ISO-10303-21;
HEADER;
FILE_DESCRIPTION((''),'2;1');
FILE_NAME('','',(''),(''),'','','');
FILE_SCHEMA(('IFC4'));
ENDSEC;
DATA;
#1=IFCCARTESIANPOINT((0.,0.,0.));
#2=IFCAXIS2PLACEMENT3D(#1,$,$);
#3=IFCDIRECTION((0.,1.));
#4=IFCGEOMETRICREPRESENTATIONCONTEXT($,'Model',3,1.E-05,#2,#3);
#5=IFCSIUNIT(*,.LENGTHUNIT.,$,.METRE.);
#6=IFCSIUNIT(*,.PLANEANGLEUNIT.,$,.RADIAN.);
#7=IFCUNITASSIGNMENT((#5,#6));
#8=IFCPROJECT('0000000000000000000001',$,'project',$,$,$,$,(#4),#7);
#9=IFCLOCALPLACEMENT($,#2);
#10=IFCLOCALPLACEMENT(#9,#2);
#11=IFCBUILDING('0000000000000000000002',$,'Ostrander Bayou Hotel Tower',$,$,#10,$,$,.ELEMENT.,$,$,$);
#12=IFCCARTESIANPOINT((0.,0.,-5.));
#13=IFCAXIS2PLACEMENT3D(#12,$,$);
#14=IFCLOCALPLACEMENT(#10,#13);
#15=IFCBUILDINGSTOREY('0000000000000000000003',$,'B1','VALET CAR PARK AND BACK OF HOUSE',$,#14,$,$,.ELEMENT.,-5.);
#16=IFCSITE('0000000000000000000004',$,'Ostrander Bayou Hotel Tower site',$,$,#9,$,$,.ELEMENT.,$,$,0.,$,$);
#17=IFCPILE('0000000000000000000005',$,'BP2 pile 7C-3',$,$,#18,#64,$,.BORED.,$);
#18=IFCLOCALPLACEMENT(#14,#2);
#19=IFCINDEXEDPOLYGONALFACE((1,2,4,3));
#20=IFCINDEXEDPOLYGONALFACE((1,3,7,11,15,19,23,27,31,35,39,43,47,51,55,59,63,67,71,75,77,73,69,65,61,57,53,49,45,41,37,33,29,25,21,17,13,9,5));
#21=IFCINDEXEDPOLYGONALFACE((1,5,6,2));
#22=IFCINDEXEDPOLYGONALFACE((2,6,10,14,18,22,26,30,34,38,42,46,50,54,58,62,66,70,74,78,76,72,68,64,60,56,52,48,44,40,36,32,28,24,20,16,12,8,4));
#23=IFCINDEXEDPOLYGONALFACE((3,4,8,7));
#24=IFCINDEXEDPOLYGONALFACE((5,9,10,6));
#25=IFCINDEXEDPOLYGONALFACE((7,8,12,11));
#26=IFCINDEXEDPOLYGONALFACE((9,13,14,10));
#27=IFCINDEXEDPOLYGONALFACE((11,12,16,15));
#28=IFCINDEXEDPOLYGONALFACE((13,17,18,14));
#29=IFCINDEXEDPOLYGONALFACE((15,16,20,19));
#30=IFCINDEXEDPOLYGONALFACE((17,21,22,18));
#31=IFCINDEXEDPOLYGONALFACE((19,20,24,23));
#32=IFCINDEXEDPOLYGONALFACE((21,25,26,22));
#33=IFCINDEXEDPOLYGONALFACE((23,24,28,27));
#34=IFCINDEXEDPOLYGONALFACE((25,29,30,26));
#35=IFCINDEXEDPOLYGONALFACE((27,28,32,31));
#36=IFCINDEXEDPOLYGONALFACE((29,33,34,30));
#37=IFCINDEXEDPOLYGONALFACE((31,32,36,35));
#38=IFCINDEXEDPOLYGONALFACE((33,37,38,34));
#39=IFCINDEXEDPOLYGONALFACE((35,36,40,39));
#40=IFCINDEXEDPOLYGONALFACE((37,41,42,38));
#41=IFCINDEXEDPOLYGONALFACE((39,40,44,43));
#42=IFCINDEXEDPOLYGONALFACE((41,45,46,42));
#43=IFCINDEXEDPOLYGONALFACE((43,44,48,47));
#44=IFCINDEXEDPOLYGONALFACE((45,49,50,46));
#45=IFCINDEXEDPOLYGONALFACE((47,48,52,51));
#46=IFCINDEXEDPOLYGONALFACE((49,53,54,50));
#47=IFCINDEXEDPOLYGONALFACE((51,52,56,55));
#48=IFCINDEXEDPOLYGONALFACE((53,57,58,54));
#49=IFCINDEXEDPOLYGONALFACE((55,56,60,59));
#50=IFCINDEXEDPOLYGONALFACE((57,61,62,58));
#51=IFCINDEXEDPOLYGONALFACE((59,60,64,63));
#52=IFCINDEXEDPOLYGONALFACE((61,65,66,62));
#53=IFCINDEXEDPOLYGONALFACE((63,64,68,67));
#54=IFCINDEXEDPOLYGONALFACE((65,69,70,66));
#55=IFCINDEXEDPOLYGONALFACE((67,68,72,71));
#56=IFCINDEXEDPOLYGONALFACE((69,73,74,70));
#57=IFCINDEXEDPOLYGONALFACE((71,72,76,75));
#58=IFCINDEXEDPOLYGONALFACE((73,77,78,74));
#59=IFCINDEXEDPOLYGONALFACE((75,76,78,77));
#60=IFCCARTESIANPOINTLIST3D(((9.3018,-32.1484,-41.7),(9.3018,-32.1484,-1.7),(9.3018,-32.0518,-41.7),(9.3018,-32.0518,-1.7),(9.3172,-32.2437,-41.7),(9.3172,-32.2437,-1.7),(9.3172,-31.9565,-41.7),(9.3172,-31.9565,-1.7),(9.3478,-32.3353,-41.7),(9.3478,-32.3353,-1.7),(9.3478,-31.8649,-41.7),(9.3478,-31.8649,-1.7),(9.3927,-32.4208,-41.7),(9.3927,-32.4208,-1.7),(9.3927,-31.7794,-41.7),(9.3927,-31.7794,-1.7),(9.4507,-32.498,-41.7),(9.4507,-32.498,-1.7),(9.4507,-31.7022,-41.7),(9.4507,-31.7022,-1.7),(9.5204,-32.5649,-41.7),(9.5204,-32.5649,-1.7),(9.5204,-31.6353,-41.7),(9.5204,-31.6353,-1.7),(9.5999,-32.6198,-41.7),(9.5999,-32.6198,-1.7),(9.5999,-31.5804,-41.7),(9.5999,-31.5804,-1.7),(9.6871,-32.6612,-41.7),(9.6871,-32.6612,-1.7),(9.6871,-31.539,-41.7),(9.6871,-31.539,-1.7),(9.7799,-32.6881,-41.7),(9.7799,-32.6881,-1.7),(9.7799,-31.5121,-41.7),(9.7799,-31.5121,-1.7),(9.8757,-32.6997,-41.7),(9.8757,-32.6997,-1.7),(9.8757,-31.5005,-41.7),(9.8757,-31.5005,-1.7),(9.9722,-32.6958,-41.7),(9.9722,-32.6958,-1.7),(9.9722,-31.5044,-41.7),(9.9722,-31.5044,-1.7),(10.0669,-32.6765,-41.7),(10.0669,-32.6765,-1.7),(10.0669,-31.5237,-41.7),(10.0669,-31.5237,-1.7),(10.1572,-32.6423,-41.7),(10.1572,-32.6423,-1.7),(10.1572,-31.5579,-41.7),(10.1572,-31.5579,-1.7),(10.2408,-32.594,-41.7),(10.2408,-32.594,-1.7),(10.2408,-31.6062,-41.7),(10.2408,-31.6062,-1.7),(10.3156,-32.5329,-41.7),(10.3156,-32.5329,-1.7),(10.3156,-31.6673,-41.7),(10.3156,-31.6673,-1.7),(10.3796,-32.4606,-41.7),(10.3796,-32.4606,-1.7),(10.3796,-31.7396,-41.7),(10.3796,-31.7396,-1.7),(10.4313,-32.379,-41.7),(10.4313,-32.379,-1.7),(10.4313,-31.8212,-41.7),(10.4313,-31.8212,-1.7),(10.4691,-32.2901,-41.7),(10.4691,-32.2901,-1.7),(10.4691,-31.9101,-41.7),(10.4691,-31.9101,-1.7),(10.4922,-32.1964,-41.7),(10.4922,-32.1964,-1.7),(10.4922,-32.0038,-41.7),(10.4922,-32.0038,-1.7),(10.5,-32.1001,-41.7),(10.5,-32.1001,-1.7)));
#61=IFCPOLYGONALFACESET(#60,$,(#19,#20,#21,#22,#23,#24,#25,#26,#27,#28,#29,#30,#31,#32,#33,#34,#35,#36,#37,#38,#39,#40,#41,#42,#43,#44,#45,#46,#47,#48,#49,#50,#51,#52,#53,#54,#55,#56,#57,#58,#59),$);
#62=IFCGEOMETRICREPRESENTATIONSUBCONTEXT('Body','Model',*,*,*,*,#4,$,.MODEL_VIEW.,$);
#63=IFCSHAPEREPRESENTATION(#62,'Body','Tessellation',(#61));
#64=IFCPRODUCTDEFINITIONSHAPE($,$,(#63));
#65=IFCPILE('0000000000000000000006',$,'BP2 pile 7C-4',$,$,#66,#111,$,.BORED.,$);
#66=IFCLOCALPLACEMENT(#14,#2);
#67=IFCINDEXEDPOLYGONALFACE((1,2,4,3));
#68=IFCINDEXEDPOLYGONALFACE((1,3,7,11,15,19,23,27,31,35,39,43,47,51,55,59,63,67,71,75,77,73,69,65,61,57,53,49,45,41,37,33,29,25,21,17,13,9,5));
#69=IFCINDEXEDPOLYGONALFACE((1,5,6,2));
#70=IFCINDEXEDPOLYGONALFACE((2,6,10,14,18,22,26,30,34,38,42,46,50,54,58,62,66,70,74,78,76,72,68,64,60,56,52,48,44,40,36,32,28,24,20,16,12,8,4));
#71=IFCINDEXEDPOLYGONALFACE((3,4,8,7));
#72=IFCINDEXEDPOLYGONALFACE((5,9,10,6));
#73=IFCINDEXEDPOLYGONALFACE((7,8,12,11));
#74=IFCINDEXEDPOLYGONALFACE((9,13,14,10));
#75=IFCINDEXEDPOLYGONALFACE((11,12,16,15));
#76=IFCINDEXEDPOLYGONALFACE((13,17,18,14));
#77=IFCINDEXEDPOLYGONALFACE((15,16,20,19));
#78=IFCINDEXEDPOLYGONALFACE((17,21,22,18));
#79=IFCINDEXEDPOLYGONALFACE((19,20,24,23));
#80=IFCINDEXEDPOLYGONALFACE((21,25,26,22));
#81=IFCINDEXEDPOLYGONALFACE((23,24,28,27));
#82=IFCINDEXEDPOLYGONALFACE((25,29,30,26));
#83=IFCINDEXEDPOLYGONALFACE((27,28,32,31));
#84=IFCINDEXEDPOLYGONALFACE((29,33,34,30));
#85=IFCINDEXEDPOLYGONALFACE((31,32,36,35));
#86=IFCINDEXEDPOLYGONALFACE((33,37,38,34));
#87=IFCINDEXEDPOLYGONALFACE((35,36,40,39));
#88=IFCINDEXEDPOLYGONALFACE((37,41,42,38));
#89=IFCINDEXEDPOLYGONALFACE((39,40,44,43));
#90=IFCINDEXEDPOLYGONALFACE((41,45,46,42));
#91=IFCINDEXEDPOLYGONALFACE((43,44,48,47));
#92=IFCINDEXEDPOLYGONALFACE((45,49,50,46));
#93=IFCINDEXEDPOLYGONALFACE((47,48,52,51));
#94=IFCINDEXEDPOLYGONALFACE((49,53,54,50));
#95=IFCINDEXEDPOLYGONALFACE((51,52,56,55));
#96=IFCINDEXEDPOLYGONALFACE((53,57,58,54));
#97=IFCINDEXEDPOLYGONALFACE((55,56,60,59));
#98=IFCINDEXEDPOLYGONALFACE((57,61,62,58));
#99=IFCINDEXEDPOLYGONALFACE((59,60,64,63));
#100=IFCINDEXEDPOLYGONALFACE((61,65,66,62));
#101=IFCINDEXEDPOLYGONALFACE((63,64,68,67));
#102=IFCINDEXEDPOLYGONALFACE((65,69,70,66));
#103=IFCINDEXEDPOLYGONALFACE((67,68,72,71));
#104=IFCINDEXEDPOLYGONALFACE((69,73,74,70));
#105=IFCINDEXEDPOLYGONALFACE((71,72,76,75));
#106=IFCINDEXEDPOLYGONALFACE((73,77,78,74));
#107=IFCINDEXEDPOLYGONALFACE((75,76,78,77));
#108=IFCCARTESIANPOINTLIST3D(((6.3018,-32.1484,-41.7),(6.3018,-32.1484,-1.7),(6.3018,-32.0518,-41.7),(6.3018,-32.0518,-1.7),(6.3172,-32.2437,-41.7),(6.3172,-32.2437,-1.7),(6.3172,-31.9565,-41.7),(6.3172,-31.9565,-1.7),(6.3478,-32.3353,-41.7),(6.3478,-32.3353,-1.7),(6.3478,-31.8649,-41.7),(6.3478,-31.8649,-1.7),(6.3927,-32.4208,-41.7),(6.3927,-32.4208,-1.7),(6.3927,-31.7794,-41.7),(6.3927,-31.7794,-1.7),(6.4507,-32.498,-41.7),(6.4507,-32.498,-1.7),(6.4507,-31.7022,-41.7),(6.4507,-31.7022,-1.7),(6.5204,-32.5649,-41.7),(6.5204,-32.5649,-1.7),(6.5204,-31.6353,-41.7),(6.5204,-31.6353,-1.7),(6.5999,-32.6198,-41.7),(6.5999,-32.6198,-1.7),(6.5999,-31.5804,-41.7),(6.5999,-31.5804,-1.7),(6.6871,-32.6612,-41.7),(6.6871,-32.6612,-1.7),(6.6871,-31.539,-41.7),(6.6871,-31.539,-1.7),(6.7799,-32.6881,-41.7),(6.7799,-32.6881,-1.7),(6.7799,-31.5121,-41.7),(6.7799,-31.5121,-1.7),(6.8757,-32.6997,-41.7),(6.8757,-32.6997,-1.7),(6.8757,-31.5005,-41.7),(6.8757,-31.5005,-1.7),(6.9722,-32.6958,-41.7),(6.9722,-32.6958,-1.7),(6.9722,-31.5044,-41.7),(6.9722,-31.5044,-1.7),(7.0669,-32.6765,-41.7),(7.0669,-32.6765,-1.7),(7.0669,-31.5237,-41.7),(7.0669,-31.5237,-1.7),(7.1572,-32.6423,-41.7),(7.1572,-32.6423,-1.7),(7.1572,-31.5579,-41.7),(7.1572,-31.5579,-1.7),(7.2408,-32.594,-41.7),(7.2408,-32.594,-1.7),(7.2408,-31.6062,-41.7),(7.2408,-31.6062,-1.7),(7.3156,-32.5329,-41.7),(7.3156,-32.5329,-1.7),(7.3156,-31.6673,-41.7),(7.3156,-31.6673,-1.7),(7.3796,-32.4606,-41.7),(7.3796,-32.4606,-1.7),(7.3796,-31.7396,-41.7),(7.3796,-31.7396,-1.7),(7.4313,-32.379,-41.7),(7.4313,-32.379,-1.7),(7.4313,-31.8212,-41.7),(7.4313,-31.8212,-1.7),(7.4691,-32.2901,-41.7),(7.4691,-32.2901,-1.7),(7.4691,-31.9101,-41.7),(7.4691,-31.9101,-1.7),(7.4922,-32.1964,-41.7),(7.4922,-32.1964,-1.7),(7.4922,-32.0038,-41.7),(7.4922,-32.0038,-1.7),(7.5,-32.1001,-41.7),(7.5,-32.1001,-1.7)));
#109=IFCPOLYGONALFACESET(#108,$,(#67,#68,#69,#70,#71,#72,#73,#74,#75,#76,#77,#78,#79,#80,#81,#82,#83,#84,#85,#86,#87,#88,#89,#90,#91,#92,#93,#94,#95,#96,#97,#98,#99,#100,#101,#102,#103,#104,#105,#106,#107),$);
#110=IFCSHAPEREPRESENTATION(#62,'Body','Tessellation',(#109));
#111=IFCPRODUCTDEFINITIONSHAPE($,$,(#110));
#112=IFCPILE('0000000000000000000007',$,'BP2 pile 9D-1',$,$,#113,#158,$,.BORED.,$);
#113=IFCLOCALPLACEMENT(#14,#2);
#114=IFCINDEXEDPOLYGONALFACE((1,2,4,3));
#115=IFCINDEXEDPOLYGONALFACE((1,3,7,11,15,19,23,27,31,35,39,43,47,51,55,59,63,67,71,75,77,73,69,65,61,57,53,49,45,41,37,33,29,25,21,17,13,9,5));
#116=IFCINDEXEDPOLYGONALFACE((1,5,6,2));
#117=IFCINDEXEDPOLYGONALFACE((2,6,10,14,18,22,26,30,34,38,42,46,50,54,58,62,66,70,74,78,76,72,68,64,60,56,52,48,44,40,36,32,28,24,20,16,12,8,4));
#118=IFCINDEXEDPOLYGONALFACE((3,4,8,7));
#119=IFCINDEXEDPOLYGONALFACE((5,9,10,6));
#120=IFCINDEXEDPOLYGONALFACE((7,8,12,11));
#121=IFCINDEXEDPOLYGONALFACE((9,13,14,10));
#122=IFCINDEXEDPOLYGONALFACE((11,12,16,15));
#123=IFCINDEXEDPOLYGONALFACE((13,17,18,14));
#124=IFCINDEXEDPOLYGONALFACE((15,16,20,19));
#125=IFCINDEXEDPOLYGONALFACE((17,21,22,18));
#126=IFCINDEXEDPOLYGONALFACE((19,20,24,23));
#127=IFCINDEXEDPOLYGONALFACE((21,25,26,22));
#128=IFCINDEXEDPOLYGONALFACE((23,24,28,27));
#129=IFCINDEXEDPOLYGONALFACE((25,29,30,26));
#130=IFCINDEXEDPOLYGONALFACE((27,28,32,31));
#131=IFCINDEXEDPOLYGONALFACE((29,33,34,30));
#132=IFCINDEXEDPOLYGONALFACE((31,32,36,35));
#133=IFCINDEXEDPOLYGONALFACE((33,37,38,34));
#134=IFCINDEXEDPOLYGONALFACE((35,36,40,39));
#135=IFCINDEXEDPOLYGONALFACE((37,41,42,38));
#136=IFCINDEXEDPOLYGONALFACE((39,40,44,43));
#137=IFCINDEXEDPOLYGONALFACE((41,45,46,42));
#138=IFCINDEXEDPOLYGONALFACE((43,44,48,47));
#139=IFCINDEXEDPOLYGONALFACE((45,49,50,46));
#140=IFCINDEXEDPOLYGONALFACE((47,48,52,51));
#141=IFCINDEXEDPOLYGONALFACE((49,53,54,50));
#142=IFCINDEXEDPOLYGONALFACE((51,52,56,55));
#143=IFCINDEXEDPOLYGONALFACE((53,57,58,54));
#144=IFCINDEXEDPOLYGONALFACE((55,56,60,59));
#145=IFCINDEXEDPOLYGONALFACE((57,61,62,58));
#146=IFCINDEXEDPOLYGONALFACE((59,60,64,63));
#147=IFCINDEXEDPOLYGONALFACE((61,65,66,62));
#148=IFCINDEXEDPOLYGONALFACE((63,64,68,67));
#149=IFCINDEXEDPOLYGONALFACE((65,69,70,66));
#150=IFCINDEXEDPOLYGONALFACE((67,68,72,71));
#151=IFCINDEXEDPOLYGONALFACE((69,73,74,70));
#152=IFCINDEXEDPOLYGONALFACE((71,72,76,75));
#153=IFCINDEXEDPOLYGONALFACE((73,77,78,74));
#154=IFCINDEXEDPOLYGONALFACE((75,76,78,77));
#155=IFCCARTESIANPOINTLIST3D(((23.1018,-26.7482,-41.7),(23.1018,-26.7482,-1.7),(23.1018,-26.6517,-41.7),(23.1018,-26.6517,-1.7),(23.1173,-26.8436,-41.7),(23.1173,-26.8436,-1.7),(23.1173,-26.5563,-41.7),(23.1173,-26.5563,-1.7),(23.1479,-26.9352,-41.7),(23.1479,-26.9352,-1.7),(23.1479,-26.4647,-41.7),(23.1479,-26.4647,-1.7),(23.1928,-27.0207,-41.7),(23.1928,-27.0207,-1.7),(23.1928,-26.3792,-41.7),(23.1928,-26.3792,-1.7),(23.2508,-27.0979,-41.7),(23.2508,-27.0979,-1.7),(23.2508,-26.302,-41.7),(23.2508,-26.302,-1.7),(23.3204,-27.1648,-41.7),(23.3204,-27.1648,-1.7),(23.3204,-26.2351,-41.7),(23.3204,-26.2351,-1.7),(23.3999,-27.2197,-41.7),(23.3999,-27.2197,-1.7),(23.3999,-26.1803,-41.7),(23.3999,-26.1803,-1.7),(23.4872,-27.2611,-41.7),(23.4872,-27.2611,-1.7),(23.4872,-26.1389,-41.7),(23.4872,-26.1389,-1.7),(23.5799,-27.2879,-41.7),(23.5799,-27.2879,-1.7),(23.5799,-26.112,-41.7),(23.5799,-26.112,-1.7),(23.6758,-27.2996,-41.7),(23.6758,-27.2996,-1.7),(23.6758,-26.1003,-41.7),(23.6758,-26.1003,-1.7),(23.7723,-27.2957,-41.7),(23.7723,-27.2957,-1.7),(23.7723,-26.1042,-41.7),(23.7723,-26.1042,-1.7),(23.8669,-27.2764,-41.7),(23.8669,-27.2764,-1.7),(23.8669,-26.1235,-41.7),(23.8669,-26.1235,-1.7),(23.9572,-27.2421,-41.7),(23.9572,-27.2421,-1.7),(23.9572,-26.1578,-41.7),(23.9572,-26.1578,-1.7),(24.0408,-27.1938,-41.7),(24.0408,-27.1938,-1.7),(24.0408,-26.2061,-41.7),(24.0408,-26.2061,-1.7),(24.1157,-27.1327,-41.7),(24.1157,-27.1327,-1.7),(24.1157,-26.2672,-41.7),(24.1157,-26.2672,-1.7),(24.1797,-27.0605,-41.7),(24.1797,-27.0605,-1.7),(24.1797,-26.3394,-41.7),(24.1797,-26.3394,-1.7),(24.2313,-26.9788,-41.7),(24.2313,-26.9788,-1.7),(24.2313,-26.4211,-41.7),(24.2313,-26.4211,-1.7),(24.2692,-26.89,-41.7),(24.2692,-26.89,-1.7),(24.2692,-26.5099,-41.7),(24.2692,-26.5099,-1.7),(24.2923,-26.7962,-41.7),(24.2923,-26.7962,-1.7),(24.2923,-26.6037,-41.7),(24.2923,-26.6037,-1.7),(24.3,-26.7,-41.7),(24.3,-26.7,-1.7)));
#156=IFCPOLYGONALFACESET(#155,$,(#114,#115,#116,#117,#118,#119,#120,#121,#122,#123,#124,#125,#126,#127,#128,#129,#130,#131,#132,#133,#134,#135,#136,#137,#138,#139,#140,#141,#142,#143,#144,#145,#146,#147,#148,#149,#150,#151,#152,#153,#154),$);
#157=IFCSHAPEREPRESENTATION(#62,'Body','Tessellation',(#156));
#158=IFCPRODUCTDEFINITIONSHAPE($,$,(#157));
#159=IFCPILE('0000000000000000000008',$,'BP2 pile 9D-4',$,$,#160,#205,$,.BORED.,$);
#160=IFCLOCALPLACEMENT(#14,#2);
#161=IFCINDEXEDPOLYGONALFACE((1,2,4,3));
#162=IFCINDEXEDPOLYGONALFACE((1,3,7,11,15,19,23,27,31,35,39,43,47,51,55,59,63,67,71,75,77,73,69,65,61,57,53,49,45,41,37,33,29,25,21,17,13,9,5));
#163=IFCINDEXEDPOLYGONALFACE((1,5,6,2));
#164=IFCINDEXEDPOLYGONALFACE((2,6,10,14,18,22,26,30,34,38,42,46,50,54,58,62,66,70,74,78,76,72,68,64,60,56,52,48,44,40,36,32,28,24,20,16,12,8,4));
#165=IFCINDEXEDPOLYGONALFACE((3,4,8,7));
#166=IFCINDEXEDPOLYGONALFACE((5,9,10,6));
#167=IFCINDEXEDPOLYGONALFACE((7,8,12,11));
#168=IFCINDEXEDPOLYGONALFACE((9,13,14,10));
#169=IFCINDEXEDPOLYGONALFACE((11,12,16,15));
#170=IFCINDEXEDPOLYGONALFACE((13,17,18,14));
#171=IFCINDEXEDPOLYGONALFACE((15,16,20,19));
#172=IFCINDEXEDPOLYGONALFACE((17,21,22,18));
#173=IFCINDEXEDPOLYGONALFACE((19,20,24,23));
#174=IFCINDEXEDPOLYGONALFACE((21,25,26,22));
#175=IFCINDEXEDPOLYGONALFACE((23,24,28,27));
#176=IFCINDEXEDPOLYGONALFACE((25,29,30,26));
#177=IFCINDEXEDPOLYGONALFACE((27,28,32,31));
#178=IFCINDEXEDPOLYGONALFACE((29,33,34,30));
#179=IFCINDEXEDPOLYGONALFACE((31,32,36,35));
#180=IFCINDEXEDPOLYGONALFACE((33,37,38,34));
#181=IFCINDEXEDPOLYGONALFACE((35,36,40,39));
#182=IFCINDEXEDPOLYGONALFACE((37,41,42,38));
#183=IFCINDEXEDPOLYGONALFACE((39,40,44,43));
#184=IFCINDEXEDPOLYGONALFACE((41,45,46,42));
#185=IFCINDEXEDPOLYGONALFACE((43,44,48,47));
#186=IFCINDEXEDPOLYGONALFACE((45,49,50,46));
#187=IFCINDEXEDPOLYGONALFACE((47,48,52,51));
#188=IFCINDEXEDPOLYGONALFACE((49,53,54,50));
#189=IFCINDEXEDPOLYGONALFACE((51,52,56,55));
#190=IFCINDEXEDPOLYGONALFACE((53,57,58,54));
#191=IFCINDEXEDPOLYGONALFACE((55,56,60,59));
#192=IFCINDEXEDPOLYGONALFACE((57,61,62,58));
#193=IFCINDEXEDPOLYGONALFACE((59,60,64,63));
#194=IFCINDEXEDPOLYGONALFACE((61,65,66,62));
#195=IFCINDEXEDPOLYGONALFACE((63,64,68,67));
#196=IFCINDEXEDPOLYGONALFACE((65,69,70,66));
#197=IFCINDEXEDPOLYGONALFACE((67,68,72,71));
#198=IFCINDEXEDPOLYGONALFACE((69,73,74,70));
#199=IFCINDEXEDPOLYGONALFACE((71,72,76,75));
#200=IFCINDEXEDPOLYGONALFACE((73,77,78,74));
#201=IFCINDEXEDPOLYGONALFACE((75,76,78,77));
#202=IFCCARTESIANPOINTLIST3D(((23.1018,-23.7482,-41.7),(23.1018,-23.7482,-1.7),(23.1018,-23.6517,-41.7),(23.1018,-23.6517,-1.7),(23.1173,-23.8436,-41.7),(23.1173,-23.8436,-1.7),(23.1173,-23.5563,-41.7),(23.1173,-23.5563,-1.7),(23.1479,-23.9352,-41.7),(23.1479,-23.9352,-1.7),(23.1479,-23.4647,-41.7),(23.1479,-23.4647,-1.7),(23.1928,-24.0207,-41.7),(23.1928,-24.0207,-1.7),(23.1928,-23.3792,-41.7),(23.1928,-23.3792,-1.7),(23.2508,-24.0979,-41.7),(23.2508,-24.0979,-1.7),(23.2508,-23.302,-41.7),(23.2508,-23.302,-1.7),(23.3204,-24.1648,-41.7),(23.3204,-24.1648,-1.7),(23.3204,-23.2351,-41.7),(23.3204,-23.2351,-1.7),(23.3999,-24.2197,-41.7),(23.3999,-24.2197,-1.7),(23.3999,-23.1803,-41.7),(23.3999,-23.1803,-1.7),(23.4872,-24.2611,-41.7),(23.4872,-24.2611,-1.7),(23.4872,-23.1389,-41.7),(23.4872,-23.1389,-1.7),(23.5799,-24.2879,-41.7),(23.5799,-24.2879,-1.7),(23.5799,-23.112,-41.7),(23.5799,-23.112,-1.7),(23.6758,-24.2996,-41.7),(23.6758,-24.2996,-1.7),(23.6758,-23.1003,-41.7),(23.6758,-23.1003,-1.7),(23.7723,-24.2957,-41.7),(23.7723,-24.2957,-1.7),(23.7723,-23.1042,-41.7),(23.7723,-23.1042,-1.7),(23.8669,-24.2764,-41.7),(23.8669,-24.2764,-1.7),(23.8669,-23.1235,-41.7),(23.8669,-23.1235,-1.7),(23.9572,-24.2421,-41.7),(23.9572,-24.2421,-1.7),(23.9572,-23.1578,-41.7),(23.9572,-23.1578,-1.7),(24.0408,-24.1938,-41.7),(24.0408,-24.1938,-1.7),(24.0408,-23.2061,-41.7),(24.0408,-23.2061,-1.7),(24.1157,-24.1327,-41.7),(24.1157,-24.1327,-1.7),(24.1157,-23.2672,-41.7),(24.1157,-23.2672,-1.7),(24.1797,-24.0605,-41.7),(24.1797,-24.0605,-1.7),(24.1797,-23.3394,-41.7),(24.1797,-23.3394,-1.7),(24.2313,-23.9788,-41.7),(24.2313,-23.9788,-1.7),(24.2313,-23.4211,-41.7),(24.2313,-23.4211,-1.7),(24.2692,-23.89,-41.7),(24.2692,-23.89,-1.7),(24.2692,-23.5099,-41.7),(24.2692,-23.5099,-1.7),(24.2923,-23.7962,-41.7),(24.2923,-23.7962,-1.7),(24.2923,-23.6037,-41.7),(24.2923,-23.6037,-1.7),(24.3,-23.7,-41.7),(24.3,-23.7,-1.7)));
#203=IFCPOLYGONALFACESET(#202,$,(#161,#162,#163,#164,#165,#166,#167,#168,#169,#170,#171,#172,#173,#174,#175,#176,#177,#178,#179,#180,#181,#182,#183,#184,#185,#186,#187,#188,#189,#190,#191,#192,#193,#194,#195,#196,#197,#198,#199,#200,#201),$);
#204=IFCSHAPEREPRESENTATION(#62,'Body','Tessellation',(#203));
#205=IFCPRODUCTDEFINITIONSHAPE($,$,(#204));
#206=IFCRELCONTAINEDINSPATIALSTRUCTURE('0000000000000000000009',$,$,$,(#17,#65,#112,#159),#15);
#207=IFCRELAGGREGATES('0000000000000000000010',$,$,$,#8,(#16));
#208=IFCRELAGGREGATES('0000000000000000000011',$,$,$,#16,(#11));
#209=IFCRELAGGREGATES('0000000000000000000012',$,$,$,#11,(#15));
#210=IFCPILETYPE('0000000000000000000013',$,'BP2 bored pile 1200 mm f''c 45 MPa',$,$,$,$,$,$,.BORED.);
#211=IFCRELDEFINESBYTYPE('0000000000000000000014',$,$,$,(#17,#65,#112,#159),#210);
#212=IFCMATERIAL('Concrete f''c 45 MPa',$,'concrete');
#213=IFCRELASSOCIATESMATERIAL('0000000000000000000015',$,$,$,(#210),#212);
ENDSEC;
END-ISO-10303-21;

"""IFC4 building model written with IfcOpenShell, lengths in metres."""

from ifc_helpers import new_model, si_unit, direction, frame, origin, origin_2d, place, context, subcontext, project, spatial, circle, extrude, material, material_profile, profile_set, type_object, element, save


model = new_model("IFC4")

# Units and contexts
model_context = context("Model", 3, precision=1e-05, world=origin(), true_north=direction((0.0, 1.0)))
body_context = subcontext(model_context, "Body", "Model", "MODEL_VIEW")
ifc_project = project(units=[si_unit("LENGTHUNIT", "METRE"), si_unit("PLANEANGLEUNIT", "RADIAN")], contexts=[model_context])

# Site, building, storey
site_placement = place(None, origin())
site = spatial("IfcSite", under=ifc_project, at=site_placement, Name="Ostrander Bayou Hotel Tower site", CompositionType="ELEMENT", RefElevation=0.0)
building_placement = place(site_placement, origin())
building = spatial("IfcBuilding", under=site, at=building_placement, Name="Ostrander Bayou Hotel Tower", CompositionType="ELEMENT")
storey_placement = place(building_placement, frame((0.0, 0.0, -5.0)))
storey = spatial("IfcBuildingStorey", under=building, at=storey_placement, Name="B1", Description="VALET CAR PARK AND BACK OF HOUSE", CompositionType="ELEMENT", Elevation=-5.0)

# Piles
ifc_material_1 = material(Name="Concrete f'c 45 MPa", Category="concrete")
ifc_material_profile_1 = material_profile(ifc_material_1, circle(Radius=0.6001, at=origin_2d()))
ifc_profile_set_1 = profile_set([ifc_material_profile_1], Name="Concrete f'c 45 MPa")
pile_type_1 = type_object("IfcPileType", Name="BP2 bored pile 1200 mm f'c 45 MPa", PredefinedType="BORED", material=ifc_profile_set_1)
for number, where, z_axis, x_axis, name in (
    (1, (9.8999, -32.1001, -1.7), (0.0, 0.0, -1.0), (1.0, 0.0, 0.0), "BP2 pile 7C-3"),
    (2, (6.8999, -32.1001, -1.7), (0.0, 0.0, -1.0), (1.0, 0.0, 0.0), "BP2 pile 7C-4"),
    (3, (23.7, -26.7, -1.7), (0.0, 0.0, -1.0), (1.0, 0.0, 0.0), "BP2 pile 9D-1"),
    (4, (23.7, -23.7, -1.7), (0.0, 0.0, -1.0), (1.0, 0.0, 0.0), "BP2 pile 9D-4"),
):
    element("IfcPile", number, at=place(storey_placement, frame(where, z_axis=z_axis, x_axis=x_axis)), inside=storey, type_object=pile_type_1, Name=name, PredefinedType="BORED", context=body_context, shape_type="SweptSolid", body=[
        extrude(circle(Radius=0.6001, at=origin_2d()), origin(), (0.0, 0.0, 1.0), 40.0),
    ])

save(model, "model.ifc")
